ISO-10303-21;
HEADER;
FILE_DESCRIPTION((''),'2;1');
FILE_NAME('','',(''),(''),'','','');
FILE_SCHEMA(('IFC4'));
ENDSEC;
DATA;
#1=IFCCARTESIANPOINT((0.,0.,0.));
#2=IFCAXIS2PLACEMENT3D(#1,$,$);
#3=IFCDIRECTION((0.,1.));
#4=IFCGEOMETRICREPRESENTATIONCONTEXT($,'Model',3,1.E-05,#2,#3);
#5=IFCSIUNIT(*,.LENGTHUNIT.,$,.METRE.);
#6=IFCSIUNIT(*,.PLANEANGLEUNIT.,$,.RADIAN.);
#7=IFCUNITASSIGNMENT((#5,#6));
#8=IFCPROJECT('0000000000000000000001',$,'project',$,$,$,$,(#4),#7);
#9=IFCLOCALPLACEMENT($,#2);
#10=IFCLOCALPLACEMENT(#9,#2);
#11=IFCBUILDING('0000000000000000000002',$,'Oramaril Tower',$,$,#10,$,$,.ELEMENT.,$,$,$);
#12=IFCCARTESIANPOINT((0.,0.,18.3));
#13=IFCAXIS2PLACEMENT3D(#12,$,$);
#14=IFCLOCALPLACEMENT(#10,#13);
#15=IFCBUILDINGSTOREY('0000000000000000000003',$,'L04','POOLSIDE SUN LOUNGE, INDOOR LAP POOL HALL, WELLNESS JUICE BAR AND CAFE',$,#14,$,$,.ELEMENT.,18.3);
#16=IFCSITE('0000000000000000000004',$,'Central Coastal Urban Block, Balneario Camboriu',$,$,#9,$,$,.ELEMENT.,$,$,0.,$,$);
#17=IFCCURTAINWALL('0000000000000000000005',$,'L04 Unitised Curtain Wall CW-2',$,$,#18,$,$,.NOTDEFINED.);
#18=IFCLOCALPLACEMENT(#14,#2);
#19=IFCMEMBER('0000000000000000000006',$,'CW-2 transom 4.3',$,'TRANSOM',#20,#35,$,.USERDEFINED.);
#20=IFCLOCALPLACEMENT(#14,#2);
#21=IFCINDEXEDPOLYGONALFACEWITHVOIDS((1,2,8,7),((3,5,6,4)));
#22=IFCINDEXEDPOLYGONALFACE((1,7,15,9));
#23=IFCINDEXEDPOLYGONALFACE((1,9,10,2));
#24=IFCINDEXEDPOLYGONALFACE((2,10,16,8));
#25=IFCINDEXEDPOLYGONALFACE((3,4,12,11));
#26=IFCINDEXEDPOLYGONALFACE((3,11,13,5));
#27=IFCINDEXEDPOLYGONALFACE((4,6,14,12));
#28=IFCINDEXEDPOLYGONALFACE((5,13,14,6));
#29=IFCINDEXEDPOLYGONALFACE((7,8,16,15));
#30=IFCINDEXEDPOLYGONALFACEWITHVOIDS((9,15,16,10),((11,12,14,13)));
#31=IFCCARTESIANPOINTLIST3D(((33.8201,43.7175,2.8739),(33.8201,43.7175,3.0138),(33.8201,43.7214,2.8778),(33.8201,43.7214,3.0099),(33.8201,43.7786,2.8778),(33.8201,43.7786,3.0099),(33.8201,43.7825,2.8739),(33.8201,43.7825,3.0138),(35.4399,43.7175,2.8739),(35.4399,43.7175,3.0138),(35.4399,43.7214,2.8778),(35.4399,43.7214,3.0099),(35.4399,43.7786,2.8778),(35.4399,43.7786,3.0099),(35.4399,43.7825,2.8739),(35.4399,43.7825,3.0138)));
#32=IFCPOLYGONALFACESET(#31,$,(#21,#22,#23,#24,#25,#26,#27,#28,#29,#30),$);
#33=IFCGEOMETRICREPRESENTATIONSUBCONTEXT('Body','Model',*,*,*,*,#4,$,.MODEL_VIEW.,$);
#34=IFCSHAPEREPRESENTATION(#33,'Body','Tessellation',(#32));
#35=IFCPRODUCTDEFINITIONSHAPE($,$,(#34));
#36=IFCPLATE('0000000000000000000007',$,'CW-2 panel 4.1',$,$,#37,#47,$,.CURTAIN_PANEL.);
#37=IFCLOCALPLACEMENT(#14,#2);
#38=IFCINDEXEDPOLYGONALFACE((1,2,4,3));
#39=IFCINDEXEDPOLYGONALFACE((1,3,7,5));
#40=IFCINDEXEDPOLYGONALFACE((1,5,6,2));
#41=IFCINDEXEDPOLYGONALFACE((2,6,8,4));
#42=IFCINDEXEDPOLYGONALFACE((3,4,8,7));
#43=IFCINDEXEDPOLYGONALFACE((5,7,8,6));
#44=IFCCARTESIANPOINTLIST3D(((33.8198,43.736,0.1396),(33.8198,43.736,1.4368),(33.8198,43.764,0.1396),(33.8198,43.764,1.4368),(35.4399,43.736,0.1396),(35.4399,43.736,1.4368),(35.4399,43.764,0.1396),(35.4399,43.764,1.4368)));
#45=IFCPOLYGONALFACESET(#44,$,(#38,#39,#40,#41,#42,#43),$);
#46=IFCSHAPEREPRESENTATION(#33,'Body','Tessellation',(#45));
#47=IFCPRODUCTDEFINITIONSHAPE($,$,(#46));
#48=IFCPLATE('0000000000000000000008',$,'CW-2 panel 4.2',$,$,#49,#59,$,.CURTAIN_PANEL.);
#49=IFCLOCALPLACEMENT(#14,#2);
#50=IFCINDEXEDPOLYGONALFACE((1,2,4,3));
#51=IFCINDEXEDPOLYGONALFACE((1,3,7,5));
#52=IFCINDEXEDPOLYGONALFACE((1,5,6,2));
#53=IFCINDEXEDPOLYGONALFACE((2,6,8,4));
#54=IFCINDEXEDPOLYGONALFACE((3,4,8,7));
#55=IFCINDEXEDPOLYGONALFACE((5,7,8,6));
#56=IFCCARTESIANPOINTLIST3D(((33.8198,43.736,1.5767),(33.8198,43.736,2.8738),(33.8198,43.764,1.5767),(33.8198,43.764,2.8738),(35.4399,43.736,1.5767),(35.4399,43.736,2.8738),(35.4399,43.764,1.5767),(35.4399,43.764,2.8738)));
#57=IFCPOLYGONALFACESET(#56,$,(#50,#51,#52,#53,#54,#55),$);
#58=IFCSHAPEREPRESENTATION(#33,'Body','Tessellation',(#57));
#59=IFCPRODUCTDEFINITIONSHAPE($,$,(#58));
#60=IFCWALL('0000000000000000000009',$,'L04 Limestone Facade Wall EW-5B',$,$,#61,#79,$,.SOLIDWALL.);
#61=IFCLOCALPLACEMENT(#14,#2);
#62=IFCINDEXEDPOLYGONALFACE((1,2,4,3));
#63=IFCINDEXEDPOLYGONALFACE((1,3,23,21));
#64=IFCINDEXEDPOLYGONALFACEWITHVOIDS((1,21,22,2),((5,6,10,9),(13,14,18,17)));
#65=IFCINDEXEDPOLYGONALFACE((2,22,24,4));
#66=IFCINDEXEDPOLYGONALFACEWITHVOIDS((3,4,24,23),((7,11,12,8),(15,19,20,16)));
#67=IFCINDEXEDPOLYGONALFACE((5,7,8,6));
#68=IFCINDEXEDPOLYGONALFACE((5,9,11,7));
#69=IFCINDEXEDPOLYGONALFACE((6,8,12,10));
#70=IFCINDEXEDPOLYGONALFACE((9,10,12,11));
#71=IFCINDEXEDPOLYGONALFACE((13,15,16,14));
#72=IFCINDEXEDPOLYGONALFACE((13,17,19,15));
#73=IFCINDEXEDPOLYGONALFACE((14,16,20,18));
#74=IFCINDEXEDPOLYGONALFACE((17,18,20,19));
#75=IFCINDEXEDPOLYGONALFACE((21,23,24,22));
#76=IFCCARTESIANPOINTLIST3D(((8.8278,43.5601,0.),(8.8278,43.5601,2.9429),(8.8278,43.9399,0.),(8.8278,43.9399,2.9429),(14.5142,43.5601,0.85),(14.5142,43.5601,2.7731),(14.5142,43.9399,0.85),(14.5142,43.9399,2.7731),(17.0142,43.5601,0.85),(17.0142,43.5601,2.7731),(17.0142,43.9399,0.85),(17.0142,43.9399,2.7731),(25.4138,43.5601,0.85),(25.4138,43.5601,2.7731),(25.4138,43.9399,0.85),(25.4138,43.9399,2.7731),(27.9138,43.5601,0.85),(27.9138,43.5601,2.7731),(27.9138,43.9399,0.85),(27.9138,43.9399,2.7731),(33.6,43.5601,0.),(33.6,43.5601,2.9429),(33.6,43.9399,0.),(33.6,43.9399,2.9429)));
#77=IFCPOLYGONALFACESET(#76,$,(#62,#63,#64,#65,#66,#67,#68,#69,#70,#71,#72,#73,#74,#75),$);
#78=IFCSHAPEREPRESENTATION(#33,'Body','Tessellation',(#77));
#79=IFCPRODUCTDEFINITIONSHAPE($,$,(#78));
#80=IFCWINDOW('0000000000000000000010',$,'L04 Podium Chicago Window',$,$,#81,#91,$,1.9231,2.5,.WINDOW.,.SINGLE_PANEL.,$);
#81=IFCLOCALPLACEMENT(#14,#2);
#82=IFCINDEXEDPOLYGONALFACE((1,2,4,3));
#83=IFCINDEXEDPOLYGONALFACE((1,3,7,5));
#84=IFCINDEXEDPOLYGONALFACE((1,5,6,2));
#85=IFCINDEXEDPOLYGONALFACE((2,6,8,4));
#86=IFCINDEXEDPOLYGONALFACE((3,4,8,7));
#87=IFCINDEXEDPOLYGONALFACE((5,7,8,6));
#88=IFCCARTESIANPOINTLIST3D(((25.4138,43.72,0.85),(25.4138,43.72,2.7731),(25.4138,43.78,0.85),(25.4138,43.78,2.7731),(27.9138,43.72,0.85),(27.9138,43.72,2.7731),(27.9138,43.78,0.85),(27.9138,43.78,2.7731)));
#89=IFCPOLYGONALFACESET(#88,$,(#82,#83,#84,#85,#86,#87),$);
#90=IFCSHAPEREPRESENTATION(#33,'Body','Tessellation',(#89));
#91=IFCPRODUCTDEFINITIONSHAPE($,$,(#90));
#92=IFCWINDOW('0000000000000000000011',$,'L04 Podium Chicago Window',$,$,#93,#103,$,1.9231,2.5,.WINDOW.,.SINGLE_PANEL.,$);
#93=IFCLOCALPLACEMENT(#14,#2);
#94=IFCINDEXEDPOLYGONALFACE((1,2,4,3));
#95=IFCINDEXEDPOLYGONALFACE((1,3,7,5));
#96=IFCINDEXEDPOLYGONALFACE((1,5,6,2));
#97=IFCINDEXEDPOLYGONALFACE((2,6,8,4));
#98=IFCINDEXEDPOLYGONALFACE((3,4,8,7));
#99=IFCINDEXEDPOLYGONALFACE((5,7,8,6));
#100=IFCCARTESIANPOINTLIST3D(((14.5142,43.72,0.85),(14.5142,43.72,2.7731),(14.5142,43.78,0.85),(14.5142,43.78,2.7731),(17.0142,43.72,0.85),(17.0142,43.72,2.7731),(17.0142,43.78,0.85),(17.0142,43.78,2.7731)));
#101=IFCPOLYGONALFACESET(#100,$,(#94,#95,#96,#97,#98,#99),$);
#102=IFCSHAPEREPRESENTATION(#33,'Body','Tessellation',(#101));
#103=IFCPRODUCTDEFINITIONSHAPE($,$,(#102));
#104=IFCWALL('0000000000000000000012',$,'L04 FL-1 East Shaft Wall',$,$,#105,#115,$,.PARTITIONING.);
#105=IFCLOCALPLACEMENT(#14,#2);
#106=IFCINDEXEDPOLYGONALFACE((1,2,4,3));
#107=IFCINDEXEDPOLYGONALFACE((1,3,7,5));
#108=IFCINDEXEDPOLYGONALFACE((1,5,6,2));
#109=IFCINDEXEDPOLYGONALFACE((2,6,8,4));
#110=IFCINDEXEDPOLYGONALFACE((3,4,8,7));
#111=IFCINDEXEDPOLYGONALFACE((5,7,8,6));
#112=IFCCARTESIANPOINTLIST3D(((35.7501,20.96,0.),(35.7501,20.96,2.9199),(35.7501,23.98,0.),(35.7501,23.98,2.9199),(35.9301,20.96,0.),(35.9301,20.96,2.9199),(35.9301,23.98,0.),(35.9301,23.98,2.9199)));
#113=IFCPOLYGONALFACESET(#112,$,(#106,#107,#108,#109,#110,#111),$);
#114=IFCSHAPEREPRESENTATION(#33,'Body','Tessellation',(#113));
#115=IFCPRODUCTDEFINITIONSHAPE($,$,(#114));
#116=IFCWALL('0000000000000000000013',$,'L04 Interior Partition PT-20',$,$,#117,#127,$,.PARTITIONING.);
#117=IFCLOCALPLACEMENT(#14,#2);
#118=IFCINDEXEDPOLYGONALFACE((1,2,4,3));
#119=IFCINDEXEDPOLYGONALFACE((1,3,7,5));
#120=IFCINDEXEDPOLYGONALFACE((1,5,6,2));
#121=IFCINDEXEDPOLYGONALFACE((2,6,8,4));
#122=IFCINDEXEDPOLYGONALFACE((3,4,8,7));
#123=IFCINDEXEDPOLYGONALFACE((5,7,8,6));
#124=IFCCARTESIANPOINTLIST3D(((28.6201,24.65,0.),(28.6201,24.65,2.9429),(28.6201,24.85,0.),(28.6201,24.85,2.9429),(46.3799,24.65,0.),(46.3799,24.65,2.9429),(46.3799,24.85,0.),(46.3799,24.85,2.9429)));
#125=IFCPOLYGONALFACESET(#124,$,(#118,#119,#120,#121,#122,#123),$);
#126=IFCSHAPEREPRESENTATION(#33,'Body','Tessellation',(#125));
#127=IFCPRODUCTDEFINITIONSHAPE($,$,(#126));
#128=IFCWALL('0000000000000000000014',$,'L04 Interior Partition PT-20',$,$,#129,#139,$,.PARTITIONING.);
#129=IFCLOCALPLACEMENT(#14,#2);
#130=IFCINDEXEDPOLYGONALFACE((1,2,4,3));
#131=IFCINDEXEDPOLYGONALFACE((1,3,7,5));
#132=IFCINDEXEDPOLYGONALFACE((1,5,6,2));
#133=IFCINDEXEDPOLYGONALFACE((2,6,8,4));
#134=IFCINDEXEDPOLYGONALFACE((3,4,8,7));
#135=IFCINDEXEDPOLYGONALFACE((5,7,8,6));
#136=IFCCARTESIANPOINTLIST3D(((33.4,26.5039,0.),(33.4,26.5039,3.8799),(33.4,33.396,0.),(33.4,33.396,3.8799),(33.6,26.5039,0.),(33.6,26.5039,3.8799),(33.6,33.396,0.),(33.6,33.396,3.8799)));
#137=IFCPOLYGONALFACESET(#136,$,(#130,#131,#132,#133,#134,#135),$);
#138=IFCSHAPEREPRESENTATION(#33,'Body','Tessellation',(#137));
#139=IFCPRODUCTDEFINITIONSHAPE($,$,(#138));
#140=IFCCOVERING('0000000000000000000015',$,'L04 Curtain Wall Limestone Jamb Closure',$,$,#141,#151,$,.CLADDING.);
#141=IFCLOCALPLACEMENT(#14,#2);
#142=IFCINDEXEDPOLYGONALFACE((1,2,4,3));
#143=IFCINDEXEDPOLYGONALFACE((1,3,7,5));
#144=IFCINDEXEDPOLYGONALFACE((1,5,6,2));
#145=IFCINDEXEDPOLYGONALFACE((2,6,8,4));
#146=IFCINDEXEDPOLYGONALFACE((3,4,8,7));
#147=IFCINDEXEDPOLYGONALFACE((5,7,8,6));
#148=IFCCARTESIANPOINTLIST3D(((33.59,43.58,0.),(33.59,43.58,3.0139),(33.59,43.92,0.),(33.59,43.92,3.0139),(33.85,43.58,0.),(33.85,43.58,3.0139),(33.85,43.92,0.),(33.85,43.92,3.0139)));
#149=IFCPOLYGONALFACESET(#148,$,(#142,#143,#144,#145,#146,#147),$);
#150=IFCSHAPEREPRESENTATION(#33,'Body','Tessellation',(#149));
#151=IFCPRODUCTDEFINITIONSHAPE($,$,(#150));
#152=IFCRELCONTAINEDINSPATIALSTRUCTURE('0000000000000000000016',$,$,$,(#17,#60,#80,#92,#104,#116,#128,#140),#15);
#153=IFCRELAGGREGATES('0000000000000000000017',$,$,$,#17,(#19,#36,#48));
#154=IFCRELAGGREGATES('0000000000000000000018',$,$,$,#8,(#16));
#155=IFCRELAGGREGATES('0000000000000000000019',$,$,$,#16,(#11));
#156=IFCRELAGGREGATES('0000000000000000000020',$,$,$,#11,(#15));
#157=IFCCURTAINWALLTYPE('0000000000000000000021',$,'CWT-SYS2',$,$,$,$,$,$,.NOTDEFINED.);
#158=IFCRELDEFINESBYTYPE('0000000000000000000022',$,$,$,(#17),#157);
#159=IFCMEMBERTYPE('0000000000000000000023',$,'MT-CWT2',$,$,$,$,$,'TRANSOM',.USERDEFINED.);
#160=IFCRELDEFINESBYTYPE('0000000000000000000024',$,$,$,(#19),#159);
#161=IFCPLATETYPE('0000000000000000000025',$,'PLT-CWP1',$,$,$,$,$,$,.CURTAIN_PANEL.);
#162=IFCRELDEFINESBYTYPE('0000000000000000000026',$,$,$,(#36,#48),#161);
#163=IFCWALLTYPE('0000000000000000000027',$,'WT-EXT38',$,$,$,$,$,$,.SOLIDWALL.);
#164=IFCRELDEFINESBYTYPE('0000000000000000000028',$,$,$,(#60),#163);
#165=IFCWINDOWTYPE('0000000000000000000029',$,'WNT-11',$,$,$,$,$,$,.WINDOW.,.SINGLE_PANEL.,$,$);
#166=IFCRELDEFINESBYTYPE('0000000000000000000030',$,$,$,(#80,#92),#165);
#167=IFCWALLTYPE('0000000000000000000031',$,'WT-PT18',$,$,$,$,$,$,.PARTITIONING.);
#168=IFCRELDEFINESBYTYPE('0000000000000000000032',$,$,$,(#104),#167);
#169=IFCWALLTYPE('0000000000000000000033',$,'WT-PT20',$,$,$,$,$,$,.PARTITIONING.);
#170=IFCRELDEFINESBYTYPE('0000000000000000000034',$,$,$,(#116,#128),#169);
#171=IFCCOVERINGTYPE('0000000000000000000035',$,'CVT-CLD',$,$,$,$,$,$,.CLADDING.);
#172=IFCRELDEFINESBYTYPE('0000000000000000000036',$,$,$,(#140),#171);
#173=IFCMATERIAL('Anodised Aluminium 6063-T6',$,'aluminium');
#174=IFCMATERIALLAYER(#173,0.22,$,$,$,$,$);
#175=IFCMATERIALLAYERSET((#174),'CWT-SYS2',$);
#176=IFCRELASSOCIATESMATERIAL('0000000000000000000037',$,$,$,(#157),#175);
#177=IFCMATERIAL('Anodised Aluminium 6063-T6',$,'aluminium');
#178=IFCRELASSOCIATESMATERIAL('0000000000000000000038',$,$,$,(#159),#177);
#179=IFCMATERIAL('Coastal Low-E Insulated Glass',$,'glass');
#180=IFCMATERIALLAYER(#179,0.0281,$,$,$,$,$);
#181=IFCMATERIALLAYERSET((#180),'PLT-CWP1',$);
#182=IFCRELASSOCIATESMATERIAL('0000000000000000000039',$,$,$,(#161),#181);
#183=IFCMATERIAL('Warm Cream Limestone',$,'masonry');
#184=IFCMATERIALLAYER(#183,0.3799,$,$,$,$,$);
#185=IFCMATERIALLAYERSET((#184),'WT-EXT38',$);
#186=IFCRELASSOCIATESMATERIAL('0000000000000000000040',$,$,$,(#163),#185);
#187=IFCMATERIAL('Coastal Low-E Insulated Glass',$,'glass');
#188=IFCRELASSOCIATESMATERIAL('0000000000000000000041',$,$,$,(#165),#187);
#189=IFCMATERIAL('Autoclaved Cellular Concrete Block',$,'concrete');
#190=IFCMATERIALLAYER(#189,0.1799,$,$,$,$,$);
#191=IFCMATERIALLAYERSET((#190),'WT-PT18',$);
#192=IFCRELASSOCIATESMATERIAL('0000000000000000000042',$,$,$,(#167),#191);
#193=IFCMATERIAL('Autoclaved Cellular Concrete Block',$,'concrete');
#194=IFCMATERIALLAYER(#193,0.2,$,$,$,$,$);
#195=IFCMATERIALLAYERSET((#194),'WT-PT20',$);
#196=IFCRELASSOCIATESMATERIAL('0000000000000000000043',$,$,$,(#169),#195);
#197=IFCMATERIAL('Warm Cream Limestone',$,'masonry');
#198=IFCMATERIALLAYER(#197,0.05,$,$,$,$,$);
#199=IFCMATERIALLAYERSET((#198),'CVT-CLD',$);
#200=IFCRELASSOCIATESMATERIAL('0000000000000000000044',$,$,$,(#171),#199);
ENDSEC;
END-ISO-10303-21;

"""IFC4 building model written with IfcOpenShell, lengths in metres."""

from ifc_helpers import new_model, si_unit, direction, frame, frame_2d, origin, origin_2d, place, context, subcontext, project, spatial, rectangle, hollow_rectangle, extrude, material, layer, layer_set, material_profile, profile_set, type_object, element, fill, aggregate, save


model = new_model("IFC4")

# Units and contexts
model_context = context("Model", 3, precision=1e-05, world=origin(), true_north=direction((0.0, 1.0)))
body_context = subcontext(model_context, "Body", "Model", "MODEL_VIEW")
ifc_project = project(units=[si_unit("LENGTHUNIT", "METRE"), si_unit("PLANEANGLEUNIT", "RADIAN")], contexts=[model_context])

# Site, building, storey
site_placement = place(None, origin())
site = spatial("IfcSite", under=ifc_project, at=site_placement, Name="Central Coastal Urban Block, Balneario Camboriu", CompositionType="ELEMENT", RefElevation=0.0)
building_placement = place(site_placement, origin())
building = spatial("IfcBuilding", under=site, at=building_placement, Name="Oramaril Tower", CompositionType="ELEMENT")
storey_placement = place(building_placement, frame((0.0, 0.0, 18.3)))
storey = spatial("IfcBuildingStorey", under=building, at=storey_placement, Name="L04", Description="POOLSIDE SUN LOUNGE, INDOOR LAP POOL HALL, WELLNESS JUICE BAR AND CAFE", CompositionType="ELEMENT", Elevation=18.3)

# Curtain wall, member, plates
ifc_material_1 = material(Name="Anodised Aluminium 6063-T6", Category="aluminium")
ifc_layer_1 = layer(ifc_material_1, 0.22)
ifc_layer_set_1 = layer_set([ifc_layer_1], Name="CWT-SYS2")
curtain_wall_type = type_object("IfcCurtainWallType", Name="CWT-SYS2", PredefinedType="NOTDEFINED", material=ifc_layer_set_1)
curtain_wall_placement = place(storey_placement, origin())
curtain_wall = element("IfcCurtainWall", 1, at=curtain_wall_placement, inside=storey, type_object=curtain_wall_type, Name="L04 Unitised Curtain Wall CW-2", PredefinedType="NOTDEFINED")
ifc_material_2 = material(Name="Anodised Aluminium 6063-T6", Category="aluminium")
ifc_material_profile_1 = material_profile(ifc_material_2, hollow_rectangle(XDim=0.0649, YDim=0.1399, WallThickness=0.0039, at=origin_2d()), Name="CWT140X65")
ifc_profile_set_1 = profile_set([ifc_material_profile_1], Name="Anodised Aluminium 6063-T6")
member_type_1 = type_object("IfcMemberType", Name="MT-CWT2", ElementType="TRANSOM", PredefinedType="USERDEFINED", material=ifc_profile_set_1)
member_1_placement = place(storey_placement, frame((35.4399, 43.75, 2.9438), z_axis=(-1.0, 0.0, 0.0), x_axis=(0.0, -1.0, 0.0)))
member_1 = element("IfcMember", 2, at=member_1_placement, type_object=member_type_1, Name="CW-2 transom 4.3", ObjectType="TRANSOM", PredefinedType="USERDEFINED", context=body_context, shape_type="SweptSolid", body=[
    extrude(hollow_rectangle(XDim=0.0649, YDim=0.1399, WallThickness=0.0039, at=origin_2d()), origin(), (0.0, 0.0, 1.0), 1.6199),
])
ifc_material_3 = material(Name="Coastal Low-E Insulated Glass", Category="glass")
ifc_layer_2 = layer(ifc_material_3, 0.0281)
ifc_layer_set_2 = layer_set([ifc_layer_2], Name="PLT-CWP1")
plate_type = type_object("IfcPlateType", Name="PLT-CWP1", PredefinedType="CURTAIN_PANEL", material=ifc_layer_set_2)
plate_1_placement = place(storey_placement, frame((34.6299, 43.75, 0.1396), z_axis=(0.0, 0.0, 1.0), x_axis=(-1.0, 0.0, 0.0)))
plate_1 = element("IfcPlate", 3, at=plate_1_placement, type_object=plate_type, Name="CW-2 panel 4.1", PredefinedType="CURTAIN_PANEL", context=body_context, shape_type="SweptSolid", body=[
    extrude(rectangle(XDim=1.6201, YDim=0.0281, at=origin_2d()), origin(), (0.0, 0.0, 1.0), 1.2971),
])
plate_2_placement = place(storey_placement, frame((34.6299, 43.75, 1.5767), z_axis=(0.0, 0.0, 1.0), x_axis=(-1.0, 0.0, 0.0)))
plate_2 = element("IfcPlate", 4, at=plate_2_placement, type_object=plate_type, Name="CW-2 panel 4.2", PredefinedType="CURTAIN_PANEL", context=body_context, shape_type="SweptSolid", body=[
    extrude(rectangle(XDim=1.6201, YDim=0.0281, at=origin_2d()), origin(), (0.0, 0.0, 1.0), 1.2971),
])
aggregate(curtain_wall, [member_1, plate_1, plate_2])

# Wall, openings, windows
ifc_material_4 = material(Name="Warm Cream Limestone", Category="masonry")
ifc_layer_3 = layer(ifc_material_4, 0.3799)
ifc_layer_set_3 = layer_set([ifc_layer_3], Name="WT-EXT38")
wall_type_1 = type_object("IfcWallType", Name="WT-EXT38", PredefinedType="SOLIDWALL", material=ifc_layer_set_3)
wall_1_placement = place(storey_placement, frame((33.6001, 43.75, 0.0), z_axis=(0.0, 0.0, 1.0), x_axis=(-1.0, 0.0, 0.0)))
wall_1 = element("IfcWall", 5, at=wall_1_placement, inside=storey, type_object=wall_type_1, Name="L04 Limestone Facade Wall EW-5B", PredefinedType="SOLIDWALL", context=body_context, shape_type="SweptSolid", body=[
    extrude(rectangle(XDim=24.7722, YDim=0.3799, at=frame_2d((12.3862, 0.0))), origin(), (0.0, 0.0, 1.0), 2.9429),
])
opening_1_placement = place(wall_1_placement, frame((5.6863, 0.0, 0.8501)))
opening_1 = element("IfcOpeningElement", 6, at=opening_1_placement, cuts=wall_1, PredefinedType="OPENING", context=body_context, shape_type="SweptSolid", body=[
    extrude(rectangle(XDim=2.5, YDim=1.9231, at=frame_2d((1.25, 0.9614))), frame((0.0, 0.1899, 0.0), z_axis=(0.0, -1.0, 0.0), x_axis=(1.0, 0.0, 0.0)), (0.0, 0.0, 1.0), 0.3799),
])
opening_2_placement = place(wall_1_placement, frame((16.5859, 0.0, 0.8501)))
opening_2 = element("IfcOpeningElement", 7, at=opening_2_placement, cuts=wall_1, PredefinedType="OPENING", context=body_context, shape_type="SweptSolid", body=[
    extrude(rectangle(XDim=2.5, YDim=1.9231, at=frame_2d((1.25, 0.9614))), frame((0.0, 0.1899, 0.0), z_axis=(0.0, -1.0, 0.0), x_axis=(1.0, 0.0, 0.0)), (0.0, 0.0, 1.0), 0.3799),
])
ifc_material_5 = material(Name="Coastal Low-E Insulated Glass", Category="glass")
window_type = type_object("IfcWindowType", Name="WNT-11", PartitioningType="SINGLE_PANEL", PredefinedType="WINDOW", material=ifc_material_5)
window_1_placement = place(opening_1_placement, origin())
window_1 = element("IfcWindow", 8, at=window_1_placement, inside=storey, type_object=window_type, Name="L04 Podium Chicago Window", OverallHeight=1.9231, OverallWidth=2.5, PartitioningType="SINGLE_PANEL", PredefinedType="WINDOW", context=body_context, shape_type="SweptSolid", body=[
    extrude(rectangle(XDim=2.5, YDim=1.9231, at=frame_2d((1.25, 0.9614))), frame((0.0, 0.03, 0.0), z_axis=(0.0, -1.0, 0.0), x_axis=(1.0, 0.0, 0.0)), (0.0, 0.0, 1.0), 0.0601),
])
fill(opening_1, window_1)
window_2_placement = place(opening_2_placement, origin())
window_2 = element("IfcWindow", 9, at=window_2_placement, inside=storey, type_object=window_type, Name="L04 Podium Chicago Window", OverallHeight=1.9231, OverallWidth=2.5, PartitioningType="SINGLE_PANEL", PredefinedType="WINDOW", context=body_context, shape_type="SweptSolid", body=[
    extrude(rectangle(XDim=2.5, YDim=1.9231, at=frame_2d((1.25, 0.9614))), frame((0.0, 0.03, 0.0), z_axis=(0.0, -1.0, 0.0), x_axis=(1.0, 0.0, 0.0)), (0.0, 0.0, 1.0), 0.0601),
])
fill(opening_2, window_2)

# Walls
ifc_material_6 = material(Name="Autoclaved Cellular Concrete Block", Category="concrete")
ifc_layer_4 = layer(ifc_material_6, 0.1799)
ifc_layer_set_4 = layer_set([ifc_layer_4], Name="WT-PT18")
wall_type_2 = type_object("IfcWallType", Name="WT-PT18", PredefinedType="PARTITIONING", material=ifc_layer_set_4)
wall_2_placement = place(storey_placement, frame((35.8401, 20.96, 0.0), z_axis=(0.0, 0.0, 1.0), x_axis=(0.0, 1.0, 0.0)))
element("IfcWall", 10, at=wall_2_placement, inside=storey, type_object=wall_type_2, Name="L04 FL-1 East Shaft Wall", PredefinedType="PARTITIONING", context=body_context, shape_type="SweptSolid", body=[
    extrude(rectangle(XDim=3.02, YDim=0.1799, at=frame_2d((1.51, 0.0))), origin(), (0.0, 0.0, 1.0), 2.9199),
])
ifc_material_7 = material(Name="Autoclaved Cellular Concrete Block", Category="concrete")
ifc_layer_5 = layer(ifc_material_7, 0.2)
ifc_layer_set_5 = layer_set([ifc_layer_5], Name="WT-PT20")
wall_type_3 = type_object("IfcWallType", Name="WT-PT20", PredefinedType="PARTITIONING", material=ifc_layer_set_5)
wall_3_placement = place(storey_placement, frame((28.6201, 24.75, 0.0), z_axis=(0.0, 0.0, 1.0), x_axis=(1.0, 0.0, 0.0)))
element("IfcWall", 11, at=wall_3_placement, inside=storey, type_object=wall_type_3, Name="L04 Interior Partition PT-20", PredefinedType="PARTITIONING", context=body_context, shape_type="SweptSolid", body=[
    extrude(rectangle(XDim=17.7598, YDim=0.2, at=frame_2d((8.8799, 0.0))), origin(), (0.0, 0.0, 1.0), 2.9429),
])
wall_4_placement = place(storey_placement, frame((33.5, 26.5039, 0.0), z_axis=(0.0, 0.0, 1.0), x_axis=(0.0, 1.0, 0.0)))
element("IfcWall", 12, at=wall_4_placement, inside=storey, type_object=wall_type_3, Name="L04 Interior Partition PT-20", PredefinedType="PARTITIONING", context=body_context, shape_type="SweptSolid", body=[
    extrude(rectangle(XDim=6.8921, YDim=0.2, at=frame_2d((3.446, 0.0))), origin(), (0.0, 0.0, 1.0), 3.8799),
])

# Covering
ifc_material_8 = material(Name="Warm Cream Limestone", Category="masonry")
ifc_layer_6 = layer(ifc_material_8, 0.05)
ifc_layer_set_6 = layer_set([ifc_layer_6], Name="CVT-CLD")
covering_type = type_object("IfcCoveringType", Name="CVT-CLD", PredefinedType="CLADDING", material=ifc_layer_set_6)
covering_placement = place(storey_placement, frame((33.72, 43.75, 0.0), z_axis=(0.0, 0.0, 1.0), x_axis=(-1.0, 0.0, 0.0)))
element("IfcCovering", 13, at=covering_placement, inside=storey, type_object=covering_type, Name="L04 Curtain Wall Limestone Jamb Closure", PredefinedType="CLADDING", context=body_context, shape_type="SweptSolid", body=[
    extrude(rectangle(XDim=0.26, YDim=0.3401, at=origin_2d()), origin(), (0.0, 0.0, 1.0), 3.0139),
])

save(model, "model.ifc")
